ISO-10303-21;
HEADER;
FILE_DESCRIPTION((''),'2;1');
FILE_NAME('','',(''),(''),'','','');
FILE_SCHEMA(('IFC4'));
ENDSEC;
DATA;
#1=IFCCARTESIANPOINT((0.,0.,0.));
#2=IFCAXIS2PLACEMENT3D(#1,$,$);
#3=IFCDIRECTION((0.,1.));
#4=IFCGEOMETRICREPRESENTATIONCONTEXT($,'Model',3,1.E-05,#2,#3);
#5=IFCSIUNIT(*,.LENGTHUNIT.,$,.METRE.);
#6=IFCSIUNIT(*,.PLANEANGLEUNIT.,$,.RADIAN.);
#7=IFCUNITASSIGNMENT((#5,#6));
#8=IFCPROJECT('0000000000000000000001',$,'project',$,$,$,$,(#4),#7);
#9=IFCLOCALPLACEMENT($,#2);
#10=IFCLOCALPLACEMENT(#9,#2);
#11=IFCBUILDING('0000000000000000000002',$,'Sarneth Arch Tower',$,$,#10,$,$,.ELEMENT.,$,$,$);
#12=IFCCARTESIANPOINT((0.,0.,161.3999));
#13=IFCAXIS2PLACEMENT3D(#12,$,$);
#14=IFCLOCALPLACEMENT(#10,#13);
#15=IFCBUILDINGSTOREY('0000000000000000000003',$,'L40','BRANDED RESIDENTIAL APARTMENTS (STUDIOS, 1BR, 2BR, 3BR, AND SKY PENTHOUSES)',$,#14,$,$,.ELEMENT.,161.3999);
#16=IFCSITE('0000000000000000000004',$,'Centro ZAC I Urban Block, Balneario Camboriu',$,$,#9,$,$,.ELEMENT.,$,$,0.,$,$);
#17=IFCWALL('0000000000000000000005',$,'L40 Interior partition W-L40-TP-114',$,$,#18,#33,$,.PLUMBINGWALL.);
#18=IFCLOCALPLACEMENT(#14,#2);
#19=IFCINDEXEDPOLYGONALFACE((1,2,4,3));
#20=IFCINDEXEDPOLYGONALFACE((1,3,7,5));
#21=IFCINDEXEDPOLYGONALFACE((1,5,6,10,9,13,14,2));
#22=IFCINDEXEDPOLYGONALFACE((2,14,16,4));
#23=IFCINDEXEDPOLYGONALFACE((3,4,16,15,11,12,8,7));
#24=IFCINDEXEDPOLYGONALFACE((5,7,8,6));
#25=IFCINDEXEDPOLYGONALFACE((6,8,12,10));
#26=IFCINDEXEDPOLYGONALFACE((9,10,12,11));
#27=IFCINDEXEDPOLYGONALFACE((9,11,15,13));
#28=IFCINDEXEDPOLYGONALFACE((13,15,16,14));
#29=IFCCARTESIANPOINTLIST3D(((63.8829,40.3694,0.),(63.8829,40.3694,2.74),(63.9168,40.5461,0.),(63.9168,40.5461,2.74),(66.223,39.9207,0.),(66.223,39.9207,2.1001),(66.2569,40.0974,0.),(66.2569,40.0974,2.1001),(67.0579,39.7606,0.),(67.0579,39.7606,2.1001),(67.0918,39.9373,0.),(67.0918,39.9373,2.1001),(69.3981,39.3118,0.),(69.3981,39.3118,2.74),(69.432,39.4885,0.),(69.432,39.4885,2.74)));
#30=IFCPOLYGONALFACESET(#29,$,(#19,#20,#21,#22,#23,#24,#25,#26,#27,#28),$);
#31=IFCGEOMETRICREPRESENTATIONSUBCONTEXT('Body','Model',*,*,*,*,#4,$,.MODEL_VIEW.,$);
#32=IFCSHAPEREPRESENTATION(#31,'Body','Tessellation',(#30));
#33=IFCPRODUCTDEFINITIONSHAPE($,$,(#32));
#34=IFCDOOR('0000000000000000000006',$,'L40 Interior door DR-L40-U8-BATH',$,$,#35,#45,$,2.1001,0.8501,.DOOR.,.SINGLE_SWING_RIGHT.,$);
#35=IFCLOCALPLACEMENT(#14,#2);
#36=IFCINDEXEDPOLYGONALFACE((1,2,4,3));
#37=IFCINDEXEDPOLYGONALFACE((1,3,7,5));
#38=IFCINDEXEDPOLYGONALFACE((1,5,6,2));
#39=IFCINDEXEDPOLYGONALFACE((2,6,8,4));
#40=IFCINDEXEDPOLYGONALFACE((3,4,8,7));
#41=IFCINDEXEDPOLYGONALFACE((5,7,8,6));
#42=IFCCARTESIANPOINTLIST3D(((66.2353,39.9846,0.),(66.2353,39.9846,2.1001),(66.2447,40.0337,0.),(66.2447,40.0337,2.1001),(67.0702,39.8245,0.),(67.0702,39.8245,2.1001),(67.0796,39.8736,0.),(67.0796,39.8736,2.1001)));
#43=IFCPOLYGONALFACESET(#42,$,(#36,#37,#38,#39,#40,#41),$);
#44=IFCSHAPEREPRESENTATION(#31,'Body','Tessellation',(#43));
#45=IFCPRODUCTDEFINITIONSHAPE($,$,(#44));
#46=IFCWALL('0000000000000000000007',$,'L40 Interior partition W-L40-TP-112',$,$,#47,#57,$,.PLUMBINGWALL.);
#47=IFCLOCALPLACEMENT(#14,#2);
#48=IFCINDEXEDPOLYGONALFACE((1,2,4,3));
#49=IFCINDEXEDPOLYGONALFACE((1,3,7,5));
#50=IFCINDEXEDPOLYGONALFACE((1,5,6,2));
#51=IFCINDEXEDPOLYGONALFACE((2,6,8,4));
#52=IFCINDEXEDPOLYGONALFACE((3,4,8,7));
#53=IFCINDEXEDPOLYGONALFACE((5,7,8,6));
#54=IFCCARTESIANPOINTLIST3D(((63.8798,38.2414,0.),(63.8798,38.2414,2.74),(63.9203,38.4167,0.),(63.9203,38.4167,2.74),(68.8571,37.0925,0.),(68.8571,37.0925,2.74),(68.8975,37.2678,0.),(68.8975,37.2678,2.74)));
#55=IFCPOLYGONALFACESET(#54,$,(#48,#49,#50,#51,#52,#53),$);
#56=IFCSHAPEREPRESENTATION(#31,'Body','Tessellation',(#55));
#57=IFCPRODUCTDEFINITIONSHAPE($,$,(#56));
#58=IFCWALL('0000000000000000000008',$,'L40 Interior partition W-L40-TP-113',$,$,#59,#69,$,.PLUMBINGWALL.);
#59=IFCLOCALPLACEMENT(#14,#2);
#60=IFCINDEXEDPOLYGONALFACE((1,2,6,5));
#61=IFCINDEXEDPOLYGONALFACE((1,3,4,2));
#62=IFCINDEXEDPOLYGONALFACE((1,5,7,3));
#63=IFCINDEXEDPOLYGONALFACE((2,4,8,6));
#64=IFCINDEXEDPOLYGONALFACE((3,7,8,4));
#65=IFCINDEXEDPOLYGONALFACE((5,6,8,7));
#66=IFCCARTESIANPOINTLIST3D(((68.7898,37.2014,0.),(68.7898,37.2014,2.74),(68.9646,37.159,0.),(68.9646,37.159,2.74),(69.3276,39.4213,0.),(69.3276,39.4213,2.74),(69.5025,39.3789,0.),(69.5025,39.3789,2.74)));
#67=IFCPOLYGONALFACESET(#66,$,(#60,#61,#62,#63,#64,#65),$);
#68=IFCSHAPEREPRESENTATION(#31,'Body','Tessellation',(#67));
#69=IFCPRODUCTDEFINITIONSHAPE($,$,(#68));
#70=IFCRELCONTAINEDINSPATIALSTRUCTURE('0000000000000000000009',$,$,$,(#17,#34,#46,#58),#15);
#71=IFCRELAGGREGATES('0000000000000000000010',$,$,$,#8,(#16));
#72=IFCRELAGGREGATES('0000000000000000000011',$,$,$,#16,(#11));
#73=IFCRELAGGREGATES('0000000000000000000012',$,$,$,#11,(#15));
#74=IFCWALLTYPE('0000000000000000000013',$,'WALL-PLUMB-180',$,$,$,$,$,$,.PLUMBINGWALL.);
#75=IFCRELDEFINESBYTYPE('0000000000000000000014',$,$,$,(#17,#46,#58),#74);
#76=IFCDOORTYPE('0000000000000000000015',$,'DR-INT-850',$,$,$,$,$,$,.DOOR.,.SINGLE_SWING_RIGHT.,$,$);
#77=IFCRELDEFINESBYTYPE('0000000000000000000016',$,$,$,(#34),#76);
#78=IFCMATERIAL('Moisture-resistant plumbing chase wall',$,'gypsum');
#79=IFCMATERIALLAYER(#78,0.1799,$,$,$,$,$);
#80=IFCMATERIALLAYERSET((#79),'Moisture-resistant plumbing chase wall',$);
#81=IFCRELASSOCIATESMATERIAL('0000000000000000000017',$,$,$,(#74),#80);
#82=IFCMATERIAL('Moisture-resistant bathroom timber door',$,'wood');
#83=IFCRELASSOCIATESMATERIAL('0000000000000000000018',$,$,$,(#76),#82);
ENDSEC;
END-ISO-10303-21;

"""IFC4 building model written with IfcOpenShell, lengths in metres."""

from ifc_helpers import new_model, si_unit, direction, frame, frame_2d, origin, place, context, subcontext, project, spatial, rectangle, extrude, material, layer, layer_set, type_object, element, fill, save


model = new_model("IFC4")

# Units and contexts
model_context = context("Model", 3, precision=1e-05, world=origin(), true_north=direction((0.0, 1.0)))
body_context = subcontext(model_context, "Body", "Model", "MODEL_VIEW")
ifc_project = project(units=[si_unit("LENGTHUNIT", "METRE"), si_unit("PLANEANGLEUNIT", "RADIAN")], contexts=[model_context])

# Site, building, storey
site_placement = place(None, origin())
site = spatial("IfcSite", under=ifc_project, at=site_placement, Name="Centro ZAC I Urban Block, Balneario Camboriu", CompositionType="ELEMENT", RefElevation=0.0)
building_placement = place(site_placement, origin())
building = spatial("IfcBuilding", under=site, at=building_placement, Name="Sarneth Arch Tower", CompositionType="ELEMENT")
storey_placement = place(building_placement, frame((0.0, 0.0, 161.3999)))
storey = spatial("IfcBuildingStorey", under=building, at=storey_placement, Name="L40", Description="BRANDED RESIDENTIAL APARTMENTS (STUDIOS, 1BR, 2BR, 3BR, AND SKY PENTHOUSES)", CompositionType="ELEMENT", Elevation=161.3999)

# Wall, opening, door
ifc_material_1 = material(Name="Moisture-resistant plumbing chase wall", Category="gypsum")
ifc_layer_1 = layer(ifc_material_1, 0.1799)
ifc_layer_set_1 = layer_set([ifc_layer_1], Name="Moisture-resistant plumbing chase wall")
wall_type_1 = type_object("IfcWallType", Name="WALL-PLUMB-180", PredefinedType="PLUMBINGWALL", material=ifc_layer_set_1)
wall_1_placement = place(storey_placement, frame((69.415, 39.4001, 0.0), z_axis=(0.0, 0.0, 1.0), x_axis=(-0.982105, 0.188335, 0.0)))
wall_1 = element("IfcWall", 1, at=wall_1_placement, inside=storey, type_object=wall_type_1, Name="L40 Interior partition W-L40-TP-114", PredefinedType="PLUMBINGWALL", context=body_context, shape_type="SweptSolid", body=[
    extrude(rectangle(XDim=5.6157, YDim=0.1799, at=frame_2d((2.8079, 0.0))), origin(), (0.0, 0.0, 1.0), 2.74),
])
opening_1_placement = place(wall_1_placement, frame((2.3828, 0.0, 0.0)))
opening_1 = element("IfcOpeningElement", 2, at=opening_1_placement, cuts=wall_1, PredefinedType="OPENING", context=body_context, shape_type="SweptSolid", body=[
    extrude(rectangle(XDim=0.8501, YDim=2.1001, at=frame_2d((0.425, 1.05))), frame((0.0, 0.0999, 0.0), z_axis=(0.0, -1.0, 0.0), x_axis=(1.0, 0.0, 0.0)), (0.0, 0.0, 1.0), 0.2),
])
ifc_material_2 = material(Name="Moisture-resistant bathroom timber door", Category="wood")
door_type_1 = type_object("IfcDoorType", Name="DR-INT-850", OperationType="SINGLE_SWING_RIGHT", PredefinedType="DOOR", material=ifc_material_2)
door_1_placement = place(opening_1_placement, origin())
door_1 = element("IfcDoor", 3, at=door_1_placement, inside=storey, type_object=door_type_1, Name="L40 Interior door DR-L40-U8-BATH", OperationType="SINGLE_SWING_RIGHT", OverallHeight=2.1001, OverallWidth=0.8501, PredefinedType="DOOR", context=body_context, shape_type="SweptSolid", body=[
    extrude(rectangle(XDim=0.8501, YDim=2.1001, at=frame_2d((0.425, 1.05))), frame((0.0, 0.0249, 0.0), z_axis=(0.0, -1.0, 0.0), x_axis=(1.0, 0.0, 0.0)), (0.0, 0.0, 1.0), 0.05),
])
fill(opening_1, door_1)

# Walls
wall_2_placement = place(storey_placement, frame((63.8999, 38.3291, 0.0), z_axis=(0.0, 0.0, 1.0), x_axis=(0.974378, -0.224919, 0.0)))
element("IfcWall", 4, at=wall_2_placement, inside=storey, type_object=wall_type_1, Name="L40 Interior partition W-L40-TP-112", PredefinedType="PLUMBINGWALL", context=body_context, shape_type="SweptSolid", body=[
    extrude(rectangle(XDim=5.1082, YDim=0.1799, at=frame_2d((2.5542, 0.0))), origin(), (0.0, 0.0, 1.0), 2.74),
])
wall_3_placement = place(storey_placement, frame((68.8772, 37.1802, 0.0), z_axis=(0.0, 0.0, 1.0), x_axis=(0.235462, 0.971883, 0.0)))
element("IfcWall", 5, at=wall_3_placement, inside=storey, type_object=wall_type_1, Name="L40 Interior partition W-L40-TP-113", PredefinedType="PLUMBINGWALL", context=body_context, shape_type="SweptSolid", body=[
    extrude(rectangle(XDim=2.2842, YDim=0.1799, at=frame_2d((1.1421, 0.0))), origin(), (0.0, 0.0, 1.0), 2.74),
])

save(model, "model.ifc")
